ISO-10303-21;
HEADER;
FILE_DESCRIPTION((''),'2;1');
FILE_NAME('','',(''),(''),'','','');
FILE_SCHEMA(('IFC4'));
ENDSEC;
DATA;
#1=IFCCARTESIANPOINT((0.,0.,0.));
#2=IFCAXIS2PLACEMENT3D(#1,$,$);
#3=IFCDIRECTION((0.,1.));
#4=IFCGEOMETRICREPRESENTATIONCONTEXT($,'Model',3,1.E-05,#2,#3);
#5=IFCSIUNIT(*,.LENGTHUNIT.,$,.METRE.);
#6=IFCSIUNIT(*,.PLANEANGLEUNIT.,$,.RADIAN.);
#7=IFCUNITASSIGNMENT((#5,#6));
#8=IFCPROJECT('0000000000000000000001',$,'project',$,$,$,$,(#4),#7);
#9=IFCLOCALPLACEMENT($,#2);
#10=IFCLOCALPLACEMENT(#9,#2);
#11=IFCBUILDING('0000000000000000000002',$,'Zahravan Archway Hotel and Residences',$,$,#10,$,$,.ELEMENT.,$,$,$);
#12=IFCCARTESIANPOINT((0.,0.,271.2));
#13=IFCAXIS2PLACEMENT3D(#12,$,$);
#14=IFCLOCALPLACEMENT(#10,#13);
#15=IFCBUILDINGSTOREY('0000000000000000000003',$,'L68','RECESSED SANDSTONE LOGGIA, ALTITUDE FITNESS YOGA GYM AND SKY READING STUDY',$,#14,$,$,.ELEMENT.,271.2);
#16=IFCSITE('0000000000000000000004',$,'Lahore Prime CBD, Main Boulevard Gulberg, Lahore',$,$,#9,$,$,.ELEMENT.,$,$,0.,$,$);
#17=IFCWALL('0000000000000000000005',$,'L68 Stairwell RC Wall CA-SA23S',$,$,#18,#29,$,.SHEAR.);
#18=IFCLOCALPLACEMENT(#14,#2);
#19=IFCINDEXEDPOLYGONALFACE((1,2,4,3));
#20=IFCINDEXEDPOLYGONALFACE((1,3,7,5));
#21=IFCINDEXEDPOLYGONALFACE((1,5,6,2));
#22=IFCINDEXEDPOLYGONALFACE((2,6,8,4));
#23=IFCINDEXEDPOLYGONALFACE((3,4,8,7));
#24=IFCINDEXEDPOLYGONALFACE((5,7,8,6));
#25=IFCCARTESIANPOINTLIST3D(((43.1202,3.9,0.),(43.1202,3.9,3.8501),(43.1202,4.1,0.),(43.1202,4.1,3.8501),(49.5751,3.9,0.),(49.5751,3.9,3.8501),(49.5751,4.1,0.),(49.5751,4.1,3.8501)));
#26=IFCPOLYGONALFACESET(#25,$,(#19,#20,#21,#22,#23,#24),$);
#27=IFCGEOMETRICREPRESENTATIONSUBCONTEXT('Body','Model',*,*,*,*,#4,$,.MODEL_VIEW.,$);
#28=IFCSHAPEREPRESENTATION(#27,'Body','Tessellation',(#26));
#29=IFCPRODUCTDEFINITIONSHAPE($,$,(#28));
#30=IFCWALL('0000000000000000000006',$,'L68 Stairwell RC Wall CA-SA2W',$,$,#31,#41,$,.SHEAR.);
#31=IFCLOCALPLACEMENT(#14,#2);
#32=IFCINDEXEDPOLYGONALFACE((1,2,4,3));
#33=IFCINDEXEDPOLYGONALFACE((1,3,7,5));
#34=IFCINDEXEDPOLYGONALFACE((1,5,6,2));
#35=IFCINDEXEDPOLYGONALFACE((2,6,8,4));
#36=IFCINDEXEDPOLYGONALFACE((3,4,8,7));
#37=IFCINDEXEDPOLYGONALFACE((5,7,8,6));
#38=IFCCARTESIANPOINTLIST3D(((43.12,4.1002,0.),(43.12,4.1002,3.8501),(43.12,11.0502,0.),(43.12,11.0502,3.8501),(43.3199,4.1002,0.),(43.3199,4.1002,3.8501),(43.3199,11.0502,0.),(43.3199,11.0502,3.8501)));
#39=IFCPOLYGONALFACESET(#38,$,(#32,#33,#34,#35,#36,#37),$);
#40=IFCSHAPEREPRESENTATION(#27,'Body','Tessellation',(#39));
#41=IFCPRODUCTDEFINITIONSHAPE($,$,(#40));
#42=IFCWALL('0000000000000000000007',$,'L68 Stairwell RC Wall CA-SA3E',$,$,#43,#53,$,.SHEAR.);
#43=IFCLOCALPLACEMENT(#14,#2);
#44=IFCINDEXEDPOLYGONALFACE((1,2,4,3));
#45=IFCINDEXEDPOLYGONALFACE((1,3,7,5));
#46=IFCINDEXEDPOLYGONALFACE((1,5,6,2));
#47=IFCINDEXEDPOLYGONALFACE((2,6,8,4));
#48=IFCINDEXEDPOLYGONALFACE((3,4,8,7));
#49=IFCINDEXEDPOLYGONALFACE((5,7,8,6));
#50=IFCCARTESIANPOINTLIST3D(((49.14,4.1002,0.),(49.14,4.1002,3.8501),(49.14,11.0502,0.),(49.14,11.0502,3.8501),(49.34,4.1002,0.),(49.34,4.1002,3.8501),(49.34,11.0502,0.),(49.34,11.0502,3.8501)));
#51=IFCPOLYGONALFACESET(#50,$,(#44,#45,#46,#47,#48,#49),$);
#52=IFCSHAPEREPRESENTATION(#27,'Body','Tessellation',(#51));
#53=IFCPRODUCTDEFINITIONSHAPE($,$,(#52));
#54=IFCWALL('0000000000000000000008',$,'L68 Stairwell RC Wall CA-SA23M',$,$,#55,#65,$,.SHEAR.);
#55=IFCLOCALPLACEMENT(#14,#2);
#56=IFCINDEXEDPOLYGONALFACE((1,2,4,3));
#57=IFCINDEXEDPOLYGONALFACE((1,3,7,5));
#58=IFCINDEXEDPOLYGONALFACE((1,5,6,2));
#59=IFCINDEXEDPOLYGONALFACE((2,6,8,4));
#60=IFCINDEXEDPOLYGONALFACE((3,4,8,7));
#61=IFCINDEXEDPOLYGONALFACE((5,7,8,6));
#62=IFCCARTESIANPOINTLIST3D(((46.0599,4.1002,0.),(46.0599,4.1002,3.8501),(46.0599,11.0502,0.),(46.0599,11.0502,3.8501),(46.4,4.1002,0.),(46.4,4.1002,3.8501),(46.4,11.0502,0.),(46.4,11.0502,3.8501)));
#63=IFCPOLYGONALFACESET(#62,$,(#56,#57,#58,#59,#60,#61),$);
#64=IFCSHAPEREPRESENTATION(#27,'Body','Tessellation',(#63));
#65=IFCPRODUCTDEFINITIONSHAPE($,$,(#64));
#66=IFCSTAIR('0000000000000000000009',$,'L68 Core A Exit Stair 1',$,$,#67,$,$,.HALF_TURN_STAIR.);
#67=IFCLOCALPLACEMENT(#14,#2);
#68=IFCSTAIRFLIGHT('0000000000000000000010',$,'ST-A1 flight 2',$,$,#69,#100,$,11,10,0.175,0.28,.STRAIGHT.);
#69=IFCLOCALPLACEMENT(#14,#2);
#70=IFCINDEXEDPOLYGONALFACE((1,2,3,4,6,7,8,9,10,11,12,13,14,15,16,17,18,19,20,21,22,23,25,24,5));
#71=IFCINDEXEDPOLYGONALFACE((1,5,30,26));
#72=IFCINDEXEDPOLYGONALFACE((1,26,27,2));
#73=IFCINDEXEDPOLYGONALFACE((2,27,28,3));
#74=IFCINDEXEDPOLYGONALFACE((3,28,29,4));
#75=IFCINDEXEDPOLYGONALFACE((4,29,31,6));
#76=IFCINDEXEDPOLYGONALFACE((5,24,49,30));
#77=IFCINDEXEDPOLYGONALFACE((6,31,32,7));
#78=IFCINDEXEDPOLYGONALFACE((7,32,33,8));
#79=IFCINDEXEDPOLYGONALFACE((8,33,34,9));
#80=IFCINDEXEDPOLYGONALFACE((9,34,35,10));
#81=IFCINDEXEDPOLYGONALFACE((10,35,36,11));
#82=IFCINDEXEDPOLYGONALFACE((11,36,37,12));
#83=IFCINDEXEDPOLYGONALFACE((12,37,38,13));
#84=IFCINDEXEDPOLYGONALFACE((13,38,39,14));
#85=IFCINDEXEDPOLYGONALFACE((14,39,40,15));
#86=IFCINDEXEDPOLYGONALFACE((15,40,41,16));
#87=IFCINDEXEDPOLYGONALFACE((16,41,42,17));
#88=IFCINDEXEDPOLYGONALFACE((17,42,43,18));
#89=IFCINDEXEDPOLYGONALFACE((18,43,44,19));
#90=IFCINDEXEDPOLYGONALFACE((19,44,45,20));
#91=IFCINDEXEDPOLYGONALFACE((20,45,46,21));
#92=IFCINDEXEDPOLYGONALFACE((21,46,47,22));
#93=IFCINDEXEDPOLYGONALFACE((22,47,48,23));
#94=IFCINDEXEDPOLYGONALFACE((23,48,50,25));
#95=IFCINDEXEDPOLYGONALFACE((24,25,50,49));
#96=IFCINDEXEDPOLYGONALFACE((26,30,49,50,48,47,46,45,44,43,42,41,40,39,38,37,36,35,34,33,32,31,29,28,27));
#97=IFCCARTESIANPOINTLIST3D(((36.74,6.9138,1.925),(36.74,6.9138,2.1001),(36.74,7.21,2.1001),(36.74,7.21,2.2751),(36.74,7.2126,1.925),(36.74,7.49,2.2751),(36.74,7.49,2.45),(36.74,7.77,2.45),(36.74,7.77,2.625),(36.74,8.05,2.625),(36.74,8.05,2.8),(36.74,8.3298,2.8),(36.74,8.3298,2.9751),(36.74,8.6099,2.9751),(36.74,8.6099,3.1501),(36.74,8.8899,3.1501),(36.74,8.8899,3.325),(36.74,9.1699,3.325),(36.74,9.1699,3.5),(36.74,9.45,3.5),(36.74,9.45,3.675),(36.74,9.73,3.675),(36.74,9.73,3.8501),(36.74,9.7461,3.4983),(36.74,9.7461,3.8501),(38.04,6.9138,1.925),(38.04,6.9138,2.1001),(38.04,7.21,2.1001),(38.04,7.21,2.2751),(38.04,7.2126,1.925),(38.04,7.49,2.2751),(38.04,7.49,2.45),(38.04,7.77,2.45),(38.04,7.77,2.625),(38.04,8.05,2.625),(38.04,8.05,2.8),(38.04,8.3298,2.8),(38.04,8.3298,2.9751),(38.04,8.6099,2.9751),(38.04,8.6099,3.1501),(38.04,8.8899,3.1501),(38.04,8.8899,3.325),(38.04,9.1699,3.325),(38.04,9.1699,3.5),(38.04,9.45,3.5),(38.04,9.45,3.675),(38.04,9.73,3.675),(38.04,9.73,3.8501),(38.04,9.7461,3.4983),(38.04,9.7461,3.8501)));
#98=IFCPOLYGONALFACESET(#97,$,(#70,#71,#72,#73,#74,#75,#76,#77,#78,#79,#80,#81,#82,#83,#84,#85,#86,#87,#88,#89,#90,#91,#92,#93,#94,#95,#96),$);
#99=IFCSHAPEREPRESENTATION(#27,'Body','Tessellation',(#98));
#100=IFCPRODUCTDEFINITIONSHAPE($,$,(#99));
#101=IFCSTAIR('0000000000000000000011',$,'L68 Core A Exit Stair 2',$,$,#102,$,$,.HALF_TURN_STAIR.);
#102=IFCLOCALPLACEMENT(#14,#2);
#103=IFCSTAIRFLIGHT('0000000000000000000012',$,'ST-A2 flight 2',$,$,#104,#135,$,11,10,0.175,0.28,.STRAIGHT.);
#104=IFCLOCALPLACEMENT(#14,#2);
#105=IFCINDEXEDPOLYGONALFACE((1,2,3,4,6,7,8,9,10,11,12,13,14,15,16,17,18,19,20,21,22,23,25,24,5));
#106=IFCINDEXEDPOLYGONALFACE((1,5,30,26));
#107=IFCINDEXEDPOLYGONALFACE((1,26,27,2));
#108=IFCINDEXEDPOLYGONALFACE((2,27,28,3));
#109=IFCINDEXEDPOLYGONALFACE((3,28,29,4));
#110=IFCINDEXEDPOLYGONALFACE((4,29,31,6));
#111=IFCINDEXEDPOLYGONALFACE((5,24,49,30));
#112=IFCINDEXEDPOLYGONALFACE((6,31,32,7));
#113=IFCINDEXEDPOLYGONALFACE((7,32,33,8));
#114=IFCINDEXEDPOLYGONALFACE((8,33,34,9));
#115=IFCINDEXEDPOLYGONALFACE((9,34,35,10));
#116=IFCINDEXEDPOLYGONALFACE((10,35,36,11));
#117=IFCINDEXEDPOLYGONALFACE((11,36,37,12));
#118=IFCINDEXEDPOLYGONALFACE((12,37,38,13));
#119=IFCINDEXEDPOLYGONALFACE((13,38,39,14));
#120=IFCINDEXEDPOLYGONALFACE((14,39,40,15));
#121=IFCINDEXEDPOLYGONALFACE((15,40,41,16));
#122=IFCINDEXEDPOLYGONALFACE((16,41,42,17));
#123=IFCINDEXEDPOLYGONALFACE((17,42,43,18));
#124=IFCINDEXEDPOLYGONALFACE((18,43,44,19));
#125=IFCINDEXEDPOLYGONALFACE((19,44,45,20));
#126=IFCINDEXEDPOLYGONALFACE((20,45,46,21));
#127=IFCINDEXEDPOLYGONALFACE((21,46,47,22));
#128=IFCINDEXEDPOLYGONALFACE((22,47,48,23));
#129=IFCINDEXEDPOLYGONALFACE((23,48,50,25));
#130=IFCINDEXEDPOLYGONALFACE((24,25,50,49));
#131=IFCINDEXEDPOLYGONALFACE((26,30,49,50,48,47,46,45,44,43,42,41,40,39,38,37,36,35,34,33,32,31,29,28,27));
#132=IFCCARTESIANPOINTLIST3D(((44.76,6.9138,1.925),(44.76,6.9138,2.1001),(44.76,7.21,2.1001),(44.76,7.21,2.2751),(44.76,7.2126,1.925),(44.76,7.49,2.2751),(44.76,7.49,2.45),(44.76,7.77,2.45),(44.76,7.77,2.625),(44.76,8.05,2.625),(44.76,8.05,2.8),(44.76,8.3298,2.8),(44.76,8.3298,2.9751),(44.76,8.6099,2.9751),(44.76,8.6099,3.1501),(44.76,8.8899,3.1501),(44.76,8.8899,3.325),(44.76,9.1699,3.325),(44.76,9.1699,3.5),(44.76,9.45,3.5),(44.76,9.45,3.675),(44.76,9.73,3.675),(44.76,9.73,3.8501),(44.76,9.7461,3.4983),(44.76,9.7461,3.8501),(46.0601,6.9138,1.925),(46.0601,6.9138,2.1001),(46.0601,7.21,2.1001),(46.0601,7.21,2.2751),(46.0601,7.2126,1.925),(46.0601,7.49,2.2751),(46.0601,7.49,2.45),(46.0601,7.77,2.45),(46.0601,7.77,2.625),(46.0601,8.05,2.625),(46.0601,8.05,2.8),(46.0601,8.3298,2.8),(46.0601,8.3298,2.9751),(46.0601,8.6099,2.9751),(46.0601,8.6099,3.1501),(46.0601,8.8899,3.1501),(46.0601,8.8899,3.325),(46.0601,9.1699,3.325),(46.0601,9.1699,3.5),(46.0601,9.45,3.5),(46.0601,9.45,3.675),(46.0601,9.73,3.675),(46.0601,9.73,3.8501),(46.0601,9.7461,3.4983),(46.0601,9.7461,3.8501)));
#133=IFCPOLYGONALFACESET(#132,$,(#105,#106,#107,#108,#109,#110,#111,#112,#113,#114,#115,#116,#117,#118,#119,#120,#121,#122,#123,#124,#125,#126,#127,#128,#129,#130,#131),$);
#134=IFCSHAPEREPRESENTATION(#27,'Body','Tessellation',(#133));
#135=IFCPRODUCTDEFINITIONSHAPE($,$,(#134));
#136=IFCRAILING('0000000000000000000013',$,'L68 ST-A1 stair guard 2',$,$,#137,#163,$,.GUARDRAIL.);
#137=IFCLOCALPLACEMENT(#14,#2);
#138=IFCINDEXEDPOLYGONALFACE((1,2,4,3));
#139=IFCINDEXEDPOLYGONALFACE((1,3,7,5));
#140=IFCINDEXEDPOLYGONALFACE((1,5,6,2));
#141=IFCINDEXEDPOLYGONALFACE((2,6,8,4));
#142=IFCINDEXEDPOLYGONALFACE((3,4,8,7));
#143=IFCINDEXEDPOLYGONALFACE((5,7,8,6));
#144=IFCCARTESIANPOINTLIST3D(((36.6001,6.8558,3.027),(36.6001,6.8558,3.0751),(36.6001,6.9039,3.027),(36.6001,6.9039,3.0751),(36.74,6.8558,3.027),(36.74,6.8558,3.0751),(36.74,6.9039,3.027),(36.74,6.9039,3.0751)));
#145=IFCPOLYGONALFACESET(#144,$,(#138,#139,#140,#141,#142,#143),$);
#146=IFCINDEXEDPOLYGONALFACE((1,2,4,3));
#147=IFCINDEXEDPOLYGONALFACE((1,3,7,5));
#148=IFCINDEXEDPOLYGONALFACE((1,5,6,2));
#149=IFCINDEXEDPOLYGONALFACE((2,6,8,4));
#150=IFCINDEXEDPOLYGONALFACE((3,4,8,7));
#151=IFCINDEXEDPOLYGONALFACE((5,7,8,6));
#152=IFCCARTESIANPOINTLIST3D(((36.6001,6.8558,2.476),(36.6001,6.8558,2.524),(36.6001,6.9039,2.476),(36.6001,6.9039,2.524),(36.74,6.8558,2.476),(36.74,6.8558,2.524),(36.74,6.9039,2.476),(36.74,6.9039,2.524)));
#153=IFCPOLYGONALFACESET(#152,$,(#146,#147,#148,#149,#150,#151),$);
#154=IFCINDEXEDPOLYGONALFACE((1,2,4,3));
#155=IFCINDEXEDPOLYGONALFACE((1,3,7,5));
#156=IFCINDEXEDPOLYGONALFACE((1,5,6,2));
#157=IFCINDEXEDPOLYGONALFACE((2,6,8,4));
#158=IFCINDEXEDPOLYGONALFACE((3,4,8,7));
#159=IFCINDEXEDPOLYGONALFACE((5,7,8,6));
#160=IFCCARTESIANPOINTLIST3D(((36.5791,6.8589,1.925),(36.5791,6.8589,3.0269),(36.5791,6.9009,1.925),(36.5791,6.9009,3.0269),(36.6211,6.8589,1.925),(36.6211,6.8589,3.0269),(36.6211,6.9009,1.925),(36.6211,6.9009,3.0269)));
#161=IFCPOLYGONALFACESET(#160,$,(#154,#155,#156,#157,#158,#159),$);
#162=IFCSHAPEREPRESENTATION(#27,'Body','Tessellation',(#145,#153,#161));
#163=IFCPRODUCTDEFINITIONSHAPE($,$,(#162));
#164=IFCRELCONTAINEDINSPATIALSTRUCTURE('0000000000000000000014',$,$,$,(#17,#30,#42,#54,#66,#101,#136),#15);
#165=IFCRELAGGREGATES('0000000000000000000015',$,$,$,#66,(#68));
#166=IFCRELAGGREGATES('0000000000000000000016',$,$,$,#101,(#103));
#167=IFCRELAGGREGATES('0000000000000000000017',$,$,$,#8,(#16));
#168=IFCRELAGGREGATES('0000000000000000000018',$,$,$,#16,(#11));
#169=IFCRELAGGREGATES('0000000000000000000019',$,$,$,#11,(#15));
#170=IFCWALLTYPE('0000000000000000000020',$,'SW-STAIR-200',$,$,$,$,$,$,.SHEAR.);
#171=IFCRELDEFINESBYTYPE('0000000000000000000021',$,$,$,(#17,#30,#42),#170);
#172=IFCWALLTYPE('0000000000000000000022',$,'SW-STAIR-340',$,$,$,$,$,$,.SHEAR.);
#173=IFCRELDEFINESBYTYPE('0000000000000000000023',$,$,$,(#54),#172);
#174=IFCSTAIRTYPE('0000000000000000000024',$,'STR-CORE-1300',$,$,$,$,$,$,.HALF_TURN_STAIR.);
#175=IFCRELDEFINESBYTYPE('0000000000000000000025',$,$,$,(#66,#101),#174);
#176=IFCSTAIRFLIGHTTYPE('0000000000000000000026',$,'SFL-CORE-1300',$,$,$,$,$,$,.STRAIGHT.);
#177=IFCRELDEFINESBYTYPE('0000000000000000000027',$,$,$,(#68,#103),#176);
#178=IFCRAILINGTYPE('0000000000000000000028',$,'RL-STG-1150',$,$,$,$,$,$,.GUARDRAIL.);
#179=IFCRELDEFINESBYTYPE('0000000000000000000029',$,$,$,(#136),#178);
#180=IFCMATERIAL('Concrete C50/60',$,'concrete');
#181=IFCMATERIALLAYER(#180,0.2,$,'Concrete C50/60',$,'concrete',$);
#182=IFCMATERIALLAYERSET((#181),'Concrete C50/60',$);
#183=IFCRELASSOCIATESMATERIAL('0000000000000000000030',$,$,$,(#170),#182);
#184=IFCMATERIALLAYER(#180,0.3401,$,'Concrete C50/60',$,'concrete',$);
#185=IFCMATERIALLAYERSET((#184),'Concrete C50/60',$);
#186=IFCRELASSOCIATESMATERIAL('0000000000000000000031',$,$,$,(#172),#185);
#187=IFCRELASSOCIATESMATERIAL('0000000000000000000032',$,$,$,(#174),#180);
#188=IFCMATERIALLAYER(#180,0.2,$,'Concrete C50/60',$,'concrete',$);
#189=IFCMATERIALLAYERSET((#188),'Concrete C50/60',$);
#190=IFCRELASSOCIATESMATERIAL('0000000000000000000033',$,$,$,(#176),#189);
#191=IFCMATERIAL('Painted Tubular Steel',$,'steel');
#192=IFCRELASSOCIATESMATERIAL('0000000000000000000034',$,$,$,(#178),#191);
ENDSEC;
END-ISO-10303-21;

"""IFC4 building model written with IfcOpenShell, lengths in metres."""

from ifc_helpers import new_model, si_unit, direction, frame, frame_2d, origin, origin_2d, place, context, subcontext, project, spatial, polyline, rectangle, outline, extrude, source, transform, mapped, material, layer, layer_set, type_object, element, aggregate, save


model = new_model("IFC4")

# Units and contexts
model_context = context("Model", 3, precision=1e-05, world=origin(), true_north=direction((0.0, 1.0)))
body_context = subcontext(model_context, "Body", "Model", "MODEL_VIEW")
ifc_project = project(units=[si_unit("LENGTHUNIT", "METRE"), si_unit("PLANEANGLEUNIT", "RADIAN")], contexts=[model_context])

# Site, building, storey
site_placement = place(None, origin())
site = spatial("IfcSite", under=ifc_project, at=site_placement, Name="Lahore Prime CBD, Main Boulevard Gulberg, Lahore", CompositionType="ELEMENT", RefElevation=0.0)
building_placement = place(site_placement, origin())
building = spatial("IfcBuilding", under=site, at=building_placement, Name="Zahravan Archway Hotel and Residences", CompositionType="ELEMENT")
storey_placement = place(building_placement, frame((0.0, 0.0, 271.2)))
storey = spatial("IfcBuildingStorey", under=building, at=storey_placement, Name="L68", Description="RECESSED SANDSTONE LOGGIA, ALTITUDE FITNESS YOGA GYM AND SKY READING STUDY", CompositionType="ELEMENT", Elevation=271.2)

# Shared definitions
ifc_material_1 = material(Name="Concrete C50/60", Category="concrete")

# Walls
ifc_layer_1 = layer(ifc_material_1, 0.2, Name="Concrete C50/60", Category="concrete")
ifc_layer_set_1 = layer_set([ifc_layer_1], Name="Concrete C50/60")
wall_type_1 = type_object("IfcWallType", Name="SW-STAIR-200", PredefinedType="SHEAR", material=ifc_layer_set_1)
wall_1_placement = place(storey_placement, frame((43.1201, 4.0, 0.0), z_axis=(0.0, 0.0, 1.0), x_axis=(1.0, 0.0, 0.0)))
element("IfcWall", 1, at=wall_1_placement, inside=storey, type_object=wall_type_1, Name="L68 Stairwell RC Wall CA-SA23S", PredefinedType="SHEAR", context=body_context, shape_type="SweptSolid", body=[
    extrude(rectangle(XDim=6.4548, YDim=0.2, at=frame_2d((3.2275, 0.0))), origin(), (0.0, 0.0, 1.0), 3.8501),
])
for number, where, z_axis, x_axis, name in (
    (2, (43.22, 4.1001, 0.0), (0.0, 0.0, 1.0), (0.0, 1.0, 0.0), "L68 Stairwell RC Wall CA-SA2W"),
    (3, (49.24, 4.1001, 0.0), (0.0, 0.0, 1.0), (0.0, 1.0, 0.0), "L68 Stairwell RC Wall CA-SA3E"),
):
    element("IfcWall", number, at=place(storey_placement, frame(where, z_axis=z_axis, x_axis=x_axis)), inside=storey, type_object=wall_type_1, Name=name, PredefinedType="SHEAR", context=body_context, shape_type="SweptSolid", body=[
        extrude(rectangle(XDim=6.95, YDim=0.2, at=frame_2d((3.4751, 0.0))), origin(), (0.0, 0.0, 1.0), 3.8501),
    ])
ifc_layer_2 = layer(ifc_material_1, 0.3401, Name="Concrete C50/60", Category="concrete")
ifc_layer_set_2 = layer_set([ifc_layer_2], Name="Concrete C50/60")
wall_type_2 = type_object("IfcWallType", Name="SW-STAIR-340", PredefinedType="SHEAR", material=ifc_layer_set_2)
wall_2_placement = place(storey_placement, frame((46.23, 4.1001, 0.0), z_axis=(0.0, 0.0, 1.0), x_axis=(0.0, 1.0, 0.0)))
element("IfcWall", 4, at=wall_2_placement, inside=storey, type_object=wall_type_2, Name="L68 Stairwell RC Wall CA-SA23M", PredefinedType="SHEAR", context=body_context, shape_type="SweptSolid", body=[
    extrude(rectangle(XDim=6.95, YDim=0.3401, at=frame_2d((3.4751, 0.0))), origin(), (0.0, 0.0, 1.0), 3.8501),
])

# Stairs, stair flights
stair_type = type_object("IfcStairType", Name="STR-CORE-1300", PredefinedType="HALF_TURN_STAIR", material=ifc_material_1)
stair_1_placement = place(storey_placement, origin())
stair_1 = element("IfcStair", 5, at=stair_1_placement, inside=storey, type_object=stair_type, Name="L68 Core A Exit Stair 1", PredefinedType="HALF_TURN_STAIR")
ifc_layer_3 = layer(ifc_material_1, 0.2, Name="Concrete C50/60", Category="concrete")
ifc_layer_set_3 = layer_set([ifc_layer_3], Name="Concrete C50/60")
stair_flight_type = type_object("IfcStairFlightType", Name="SFL-CORE-1300", PredefinedType="STRAIGHT", material=ifc_layer_set_3)
shared_shape_1 = source(origin(), body_context, "Body", "SweptSolid", [
    extrude(outline(polyline([(-0.0161, 0.0), (-0.0161, 0.175), (0.28, 0.175), (0.28, 0.3501), (0.5601, 0.3501), (0.5601, 0.5249), (0.8401, 0.5249), (0.8401, 0.7), (1.1201, 0.7), (1.1201, 0.875), (1.3999, 0.875), (1.3999, 1.05), (1.6799, 1.05), (1.6799, 1.2251), (1.96, 1.2251), (1.96, 1.3999), (2.24, 1.3999), (2.24, 1.575), (2.52, 1.575), (2.52, 1.75), (2.8, 1.75), (2.8, 1.925), (2.8162, 1.925), (2.8162, 1.5732), (0.2827, 0.0), (-0.0161, 0.0)])), frame((0.0, 0.6499, 0.0), z_axis=(0.0, -1.0, 0.0), x_axis=(1.0, 0.0, 0.0)), (0.0, 0.0, 1.0), 1.3),
])
stair_flight_1_placement = place(storey_placement, frame((37.3899, 6.9299, 1.925), z_axis=(0.0, 0.0, 1.0), x_axis=(0.0, 1.0, 0.0)))
stair_flight_1 = element("IfcStairFlight", 6, at=stair_flight_1_placement, type_object=stair_flight_type, Name="ST-A1 flight 2", NumberOfRisers=11, NumberOfTreads=10, PredefinedType="STRAIGHT", RiserHeight=0.175, TreadLength=0.28, context=body_context, shape_type="MappedRepresentation", body=[
    mapped(shared_shape_1, transform((0.0, 0.0, 0.0), scale=1.0)),
])
aggregate(stair_1, [stair_flight_1])
stair_2_placement = place(storey_placement, origin())
stair_2 = element("IfcStair", 7, at=stair_2_placement, inside=storey, type_object=stair_type, Name="L68 Core A Exit Stair 2", PredefinedType="HALF_TURN_STAIR")
stair_flight_2_placement = place(storey_placement, frame((45.4099, 6.9299, 1.925), z_axis=(0.0, 0.0, 1.0), x_axis=(0.0, 1.0, 0.0)))
stair_flight_2 = element("IfcStairFlight", 8, at=stair_flight_2_placement, type_object=stair_flight_type, Name="ST-A2 flight 2", NumberOfRisers=11, NumberOfTreads=10, PredefinedType="STRAIGHT", RiserHeight=0.175, TreadLength=0.28, context=body_context, shape_type="MappedRepresentation", body=[
    mapped(shared_shape_1, transform((0.0, 0.0, 0.0), scale=1.0)),
])
aggregate(stair_2, [stair_flight_2])

# Railing
ifc_material_2 = material(Name="Painted Tubular Steel", Category="steel")
railing_type_1 = type_object("IfcRailingType", Name="RL-STG-1150", PredefinedType="GUARDRAIL", material=ifc_material_2)
railing_1_placement = place(storey_placement, frame((36.6001, 6.8799, 1.925)))
element("IfcRailing", 9, at=railing_1_placement, inside=storey, type_object=railing_type_1, Name="L68 ST-A1 stair guard 2", PredefinedType="GUARDRAIL", context=body_context, shape_type="SweptSolid", body=[
    extrude(rectangle(XDim=0.0481, YDim=0.0481, at=origin_2d()), frame((0.0, 0.0, 1.126), z_axis=(1.0, 0.0, 0.0), x_axis=(0.0, 1.0, 0.0)), (0.0, 0.0, 1.0), 0.1399),
    extrude(rectangle(XDim=0.0481, YDim=0.0481, at=origin_2d()), frame((0.0, 0.0, 0.575), z_axis=(1.0, 0.0, 0.0), x_axis=(0.0, 1.0, 0.0)), (0.0, 0.0, 1.0), 0.1399),
    extrude(rectangle(XDim=0.042, YDim=0.042, at=origin_2d()), origin(), (0.0, 0.0, 1.0), 1.1018),
])

save(model, "model.ifc")
